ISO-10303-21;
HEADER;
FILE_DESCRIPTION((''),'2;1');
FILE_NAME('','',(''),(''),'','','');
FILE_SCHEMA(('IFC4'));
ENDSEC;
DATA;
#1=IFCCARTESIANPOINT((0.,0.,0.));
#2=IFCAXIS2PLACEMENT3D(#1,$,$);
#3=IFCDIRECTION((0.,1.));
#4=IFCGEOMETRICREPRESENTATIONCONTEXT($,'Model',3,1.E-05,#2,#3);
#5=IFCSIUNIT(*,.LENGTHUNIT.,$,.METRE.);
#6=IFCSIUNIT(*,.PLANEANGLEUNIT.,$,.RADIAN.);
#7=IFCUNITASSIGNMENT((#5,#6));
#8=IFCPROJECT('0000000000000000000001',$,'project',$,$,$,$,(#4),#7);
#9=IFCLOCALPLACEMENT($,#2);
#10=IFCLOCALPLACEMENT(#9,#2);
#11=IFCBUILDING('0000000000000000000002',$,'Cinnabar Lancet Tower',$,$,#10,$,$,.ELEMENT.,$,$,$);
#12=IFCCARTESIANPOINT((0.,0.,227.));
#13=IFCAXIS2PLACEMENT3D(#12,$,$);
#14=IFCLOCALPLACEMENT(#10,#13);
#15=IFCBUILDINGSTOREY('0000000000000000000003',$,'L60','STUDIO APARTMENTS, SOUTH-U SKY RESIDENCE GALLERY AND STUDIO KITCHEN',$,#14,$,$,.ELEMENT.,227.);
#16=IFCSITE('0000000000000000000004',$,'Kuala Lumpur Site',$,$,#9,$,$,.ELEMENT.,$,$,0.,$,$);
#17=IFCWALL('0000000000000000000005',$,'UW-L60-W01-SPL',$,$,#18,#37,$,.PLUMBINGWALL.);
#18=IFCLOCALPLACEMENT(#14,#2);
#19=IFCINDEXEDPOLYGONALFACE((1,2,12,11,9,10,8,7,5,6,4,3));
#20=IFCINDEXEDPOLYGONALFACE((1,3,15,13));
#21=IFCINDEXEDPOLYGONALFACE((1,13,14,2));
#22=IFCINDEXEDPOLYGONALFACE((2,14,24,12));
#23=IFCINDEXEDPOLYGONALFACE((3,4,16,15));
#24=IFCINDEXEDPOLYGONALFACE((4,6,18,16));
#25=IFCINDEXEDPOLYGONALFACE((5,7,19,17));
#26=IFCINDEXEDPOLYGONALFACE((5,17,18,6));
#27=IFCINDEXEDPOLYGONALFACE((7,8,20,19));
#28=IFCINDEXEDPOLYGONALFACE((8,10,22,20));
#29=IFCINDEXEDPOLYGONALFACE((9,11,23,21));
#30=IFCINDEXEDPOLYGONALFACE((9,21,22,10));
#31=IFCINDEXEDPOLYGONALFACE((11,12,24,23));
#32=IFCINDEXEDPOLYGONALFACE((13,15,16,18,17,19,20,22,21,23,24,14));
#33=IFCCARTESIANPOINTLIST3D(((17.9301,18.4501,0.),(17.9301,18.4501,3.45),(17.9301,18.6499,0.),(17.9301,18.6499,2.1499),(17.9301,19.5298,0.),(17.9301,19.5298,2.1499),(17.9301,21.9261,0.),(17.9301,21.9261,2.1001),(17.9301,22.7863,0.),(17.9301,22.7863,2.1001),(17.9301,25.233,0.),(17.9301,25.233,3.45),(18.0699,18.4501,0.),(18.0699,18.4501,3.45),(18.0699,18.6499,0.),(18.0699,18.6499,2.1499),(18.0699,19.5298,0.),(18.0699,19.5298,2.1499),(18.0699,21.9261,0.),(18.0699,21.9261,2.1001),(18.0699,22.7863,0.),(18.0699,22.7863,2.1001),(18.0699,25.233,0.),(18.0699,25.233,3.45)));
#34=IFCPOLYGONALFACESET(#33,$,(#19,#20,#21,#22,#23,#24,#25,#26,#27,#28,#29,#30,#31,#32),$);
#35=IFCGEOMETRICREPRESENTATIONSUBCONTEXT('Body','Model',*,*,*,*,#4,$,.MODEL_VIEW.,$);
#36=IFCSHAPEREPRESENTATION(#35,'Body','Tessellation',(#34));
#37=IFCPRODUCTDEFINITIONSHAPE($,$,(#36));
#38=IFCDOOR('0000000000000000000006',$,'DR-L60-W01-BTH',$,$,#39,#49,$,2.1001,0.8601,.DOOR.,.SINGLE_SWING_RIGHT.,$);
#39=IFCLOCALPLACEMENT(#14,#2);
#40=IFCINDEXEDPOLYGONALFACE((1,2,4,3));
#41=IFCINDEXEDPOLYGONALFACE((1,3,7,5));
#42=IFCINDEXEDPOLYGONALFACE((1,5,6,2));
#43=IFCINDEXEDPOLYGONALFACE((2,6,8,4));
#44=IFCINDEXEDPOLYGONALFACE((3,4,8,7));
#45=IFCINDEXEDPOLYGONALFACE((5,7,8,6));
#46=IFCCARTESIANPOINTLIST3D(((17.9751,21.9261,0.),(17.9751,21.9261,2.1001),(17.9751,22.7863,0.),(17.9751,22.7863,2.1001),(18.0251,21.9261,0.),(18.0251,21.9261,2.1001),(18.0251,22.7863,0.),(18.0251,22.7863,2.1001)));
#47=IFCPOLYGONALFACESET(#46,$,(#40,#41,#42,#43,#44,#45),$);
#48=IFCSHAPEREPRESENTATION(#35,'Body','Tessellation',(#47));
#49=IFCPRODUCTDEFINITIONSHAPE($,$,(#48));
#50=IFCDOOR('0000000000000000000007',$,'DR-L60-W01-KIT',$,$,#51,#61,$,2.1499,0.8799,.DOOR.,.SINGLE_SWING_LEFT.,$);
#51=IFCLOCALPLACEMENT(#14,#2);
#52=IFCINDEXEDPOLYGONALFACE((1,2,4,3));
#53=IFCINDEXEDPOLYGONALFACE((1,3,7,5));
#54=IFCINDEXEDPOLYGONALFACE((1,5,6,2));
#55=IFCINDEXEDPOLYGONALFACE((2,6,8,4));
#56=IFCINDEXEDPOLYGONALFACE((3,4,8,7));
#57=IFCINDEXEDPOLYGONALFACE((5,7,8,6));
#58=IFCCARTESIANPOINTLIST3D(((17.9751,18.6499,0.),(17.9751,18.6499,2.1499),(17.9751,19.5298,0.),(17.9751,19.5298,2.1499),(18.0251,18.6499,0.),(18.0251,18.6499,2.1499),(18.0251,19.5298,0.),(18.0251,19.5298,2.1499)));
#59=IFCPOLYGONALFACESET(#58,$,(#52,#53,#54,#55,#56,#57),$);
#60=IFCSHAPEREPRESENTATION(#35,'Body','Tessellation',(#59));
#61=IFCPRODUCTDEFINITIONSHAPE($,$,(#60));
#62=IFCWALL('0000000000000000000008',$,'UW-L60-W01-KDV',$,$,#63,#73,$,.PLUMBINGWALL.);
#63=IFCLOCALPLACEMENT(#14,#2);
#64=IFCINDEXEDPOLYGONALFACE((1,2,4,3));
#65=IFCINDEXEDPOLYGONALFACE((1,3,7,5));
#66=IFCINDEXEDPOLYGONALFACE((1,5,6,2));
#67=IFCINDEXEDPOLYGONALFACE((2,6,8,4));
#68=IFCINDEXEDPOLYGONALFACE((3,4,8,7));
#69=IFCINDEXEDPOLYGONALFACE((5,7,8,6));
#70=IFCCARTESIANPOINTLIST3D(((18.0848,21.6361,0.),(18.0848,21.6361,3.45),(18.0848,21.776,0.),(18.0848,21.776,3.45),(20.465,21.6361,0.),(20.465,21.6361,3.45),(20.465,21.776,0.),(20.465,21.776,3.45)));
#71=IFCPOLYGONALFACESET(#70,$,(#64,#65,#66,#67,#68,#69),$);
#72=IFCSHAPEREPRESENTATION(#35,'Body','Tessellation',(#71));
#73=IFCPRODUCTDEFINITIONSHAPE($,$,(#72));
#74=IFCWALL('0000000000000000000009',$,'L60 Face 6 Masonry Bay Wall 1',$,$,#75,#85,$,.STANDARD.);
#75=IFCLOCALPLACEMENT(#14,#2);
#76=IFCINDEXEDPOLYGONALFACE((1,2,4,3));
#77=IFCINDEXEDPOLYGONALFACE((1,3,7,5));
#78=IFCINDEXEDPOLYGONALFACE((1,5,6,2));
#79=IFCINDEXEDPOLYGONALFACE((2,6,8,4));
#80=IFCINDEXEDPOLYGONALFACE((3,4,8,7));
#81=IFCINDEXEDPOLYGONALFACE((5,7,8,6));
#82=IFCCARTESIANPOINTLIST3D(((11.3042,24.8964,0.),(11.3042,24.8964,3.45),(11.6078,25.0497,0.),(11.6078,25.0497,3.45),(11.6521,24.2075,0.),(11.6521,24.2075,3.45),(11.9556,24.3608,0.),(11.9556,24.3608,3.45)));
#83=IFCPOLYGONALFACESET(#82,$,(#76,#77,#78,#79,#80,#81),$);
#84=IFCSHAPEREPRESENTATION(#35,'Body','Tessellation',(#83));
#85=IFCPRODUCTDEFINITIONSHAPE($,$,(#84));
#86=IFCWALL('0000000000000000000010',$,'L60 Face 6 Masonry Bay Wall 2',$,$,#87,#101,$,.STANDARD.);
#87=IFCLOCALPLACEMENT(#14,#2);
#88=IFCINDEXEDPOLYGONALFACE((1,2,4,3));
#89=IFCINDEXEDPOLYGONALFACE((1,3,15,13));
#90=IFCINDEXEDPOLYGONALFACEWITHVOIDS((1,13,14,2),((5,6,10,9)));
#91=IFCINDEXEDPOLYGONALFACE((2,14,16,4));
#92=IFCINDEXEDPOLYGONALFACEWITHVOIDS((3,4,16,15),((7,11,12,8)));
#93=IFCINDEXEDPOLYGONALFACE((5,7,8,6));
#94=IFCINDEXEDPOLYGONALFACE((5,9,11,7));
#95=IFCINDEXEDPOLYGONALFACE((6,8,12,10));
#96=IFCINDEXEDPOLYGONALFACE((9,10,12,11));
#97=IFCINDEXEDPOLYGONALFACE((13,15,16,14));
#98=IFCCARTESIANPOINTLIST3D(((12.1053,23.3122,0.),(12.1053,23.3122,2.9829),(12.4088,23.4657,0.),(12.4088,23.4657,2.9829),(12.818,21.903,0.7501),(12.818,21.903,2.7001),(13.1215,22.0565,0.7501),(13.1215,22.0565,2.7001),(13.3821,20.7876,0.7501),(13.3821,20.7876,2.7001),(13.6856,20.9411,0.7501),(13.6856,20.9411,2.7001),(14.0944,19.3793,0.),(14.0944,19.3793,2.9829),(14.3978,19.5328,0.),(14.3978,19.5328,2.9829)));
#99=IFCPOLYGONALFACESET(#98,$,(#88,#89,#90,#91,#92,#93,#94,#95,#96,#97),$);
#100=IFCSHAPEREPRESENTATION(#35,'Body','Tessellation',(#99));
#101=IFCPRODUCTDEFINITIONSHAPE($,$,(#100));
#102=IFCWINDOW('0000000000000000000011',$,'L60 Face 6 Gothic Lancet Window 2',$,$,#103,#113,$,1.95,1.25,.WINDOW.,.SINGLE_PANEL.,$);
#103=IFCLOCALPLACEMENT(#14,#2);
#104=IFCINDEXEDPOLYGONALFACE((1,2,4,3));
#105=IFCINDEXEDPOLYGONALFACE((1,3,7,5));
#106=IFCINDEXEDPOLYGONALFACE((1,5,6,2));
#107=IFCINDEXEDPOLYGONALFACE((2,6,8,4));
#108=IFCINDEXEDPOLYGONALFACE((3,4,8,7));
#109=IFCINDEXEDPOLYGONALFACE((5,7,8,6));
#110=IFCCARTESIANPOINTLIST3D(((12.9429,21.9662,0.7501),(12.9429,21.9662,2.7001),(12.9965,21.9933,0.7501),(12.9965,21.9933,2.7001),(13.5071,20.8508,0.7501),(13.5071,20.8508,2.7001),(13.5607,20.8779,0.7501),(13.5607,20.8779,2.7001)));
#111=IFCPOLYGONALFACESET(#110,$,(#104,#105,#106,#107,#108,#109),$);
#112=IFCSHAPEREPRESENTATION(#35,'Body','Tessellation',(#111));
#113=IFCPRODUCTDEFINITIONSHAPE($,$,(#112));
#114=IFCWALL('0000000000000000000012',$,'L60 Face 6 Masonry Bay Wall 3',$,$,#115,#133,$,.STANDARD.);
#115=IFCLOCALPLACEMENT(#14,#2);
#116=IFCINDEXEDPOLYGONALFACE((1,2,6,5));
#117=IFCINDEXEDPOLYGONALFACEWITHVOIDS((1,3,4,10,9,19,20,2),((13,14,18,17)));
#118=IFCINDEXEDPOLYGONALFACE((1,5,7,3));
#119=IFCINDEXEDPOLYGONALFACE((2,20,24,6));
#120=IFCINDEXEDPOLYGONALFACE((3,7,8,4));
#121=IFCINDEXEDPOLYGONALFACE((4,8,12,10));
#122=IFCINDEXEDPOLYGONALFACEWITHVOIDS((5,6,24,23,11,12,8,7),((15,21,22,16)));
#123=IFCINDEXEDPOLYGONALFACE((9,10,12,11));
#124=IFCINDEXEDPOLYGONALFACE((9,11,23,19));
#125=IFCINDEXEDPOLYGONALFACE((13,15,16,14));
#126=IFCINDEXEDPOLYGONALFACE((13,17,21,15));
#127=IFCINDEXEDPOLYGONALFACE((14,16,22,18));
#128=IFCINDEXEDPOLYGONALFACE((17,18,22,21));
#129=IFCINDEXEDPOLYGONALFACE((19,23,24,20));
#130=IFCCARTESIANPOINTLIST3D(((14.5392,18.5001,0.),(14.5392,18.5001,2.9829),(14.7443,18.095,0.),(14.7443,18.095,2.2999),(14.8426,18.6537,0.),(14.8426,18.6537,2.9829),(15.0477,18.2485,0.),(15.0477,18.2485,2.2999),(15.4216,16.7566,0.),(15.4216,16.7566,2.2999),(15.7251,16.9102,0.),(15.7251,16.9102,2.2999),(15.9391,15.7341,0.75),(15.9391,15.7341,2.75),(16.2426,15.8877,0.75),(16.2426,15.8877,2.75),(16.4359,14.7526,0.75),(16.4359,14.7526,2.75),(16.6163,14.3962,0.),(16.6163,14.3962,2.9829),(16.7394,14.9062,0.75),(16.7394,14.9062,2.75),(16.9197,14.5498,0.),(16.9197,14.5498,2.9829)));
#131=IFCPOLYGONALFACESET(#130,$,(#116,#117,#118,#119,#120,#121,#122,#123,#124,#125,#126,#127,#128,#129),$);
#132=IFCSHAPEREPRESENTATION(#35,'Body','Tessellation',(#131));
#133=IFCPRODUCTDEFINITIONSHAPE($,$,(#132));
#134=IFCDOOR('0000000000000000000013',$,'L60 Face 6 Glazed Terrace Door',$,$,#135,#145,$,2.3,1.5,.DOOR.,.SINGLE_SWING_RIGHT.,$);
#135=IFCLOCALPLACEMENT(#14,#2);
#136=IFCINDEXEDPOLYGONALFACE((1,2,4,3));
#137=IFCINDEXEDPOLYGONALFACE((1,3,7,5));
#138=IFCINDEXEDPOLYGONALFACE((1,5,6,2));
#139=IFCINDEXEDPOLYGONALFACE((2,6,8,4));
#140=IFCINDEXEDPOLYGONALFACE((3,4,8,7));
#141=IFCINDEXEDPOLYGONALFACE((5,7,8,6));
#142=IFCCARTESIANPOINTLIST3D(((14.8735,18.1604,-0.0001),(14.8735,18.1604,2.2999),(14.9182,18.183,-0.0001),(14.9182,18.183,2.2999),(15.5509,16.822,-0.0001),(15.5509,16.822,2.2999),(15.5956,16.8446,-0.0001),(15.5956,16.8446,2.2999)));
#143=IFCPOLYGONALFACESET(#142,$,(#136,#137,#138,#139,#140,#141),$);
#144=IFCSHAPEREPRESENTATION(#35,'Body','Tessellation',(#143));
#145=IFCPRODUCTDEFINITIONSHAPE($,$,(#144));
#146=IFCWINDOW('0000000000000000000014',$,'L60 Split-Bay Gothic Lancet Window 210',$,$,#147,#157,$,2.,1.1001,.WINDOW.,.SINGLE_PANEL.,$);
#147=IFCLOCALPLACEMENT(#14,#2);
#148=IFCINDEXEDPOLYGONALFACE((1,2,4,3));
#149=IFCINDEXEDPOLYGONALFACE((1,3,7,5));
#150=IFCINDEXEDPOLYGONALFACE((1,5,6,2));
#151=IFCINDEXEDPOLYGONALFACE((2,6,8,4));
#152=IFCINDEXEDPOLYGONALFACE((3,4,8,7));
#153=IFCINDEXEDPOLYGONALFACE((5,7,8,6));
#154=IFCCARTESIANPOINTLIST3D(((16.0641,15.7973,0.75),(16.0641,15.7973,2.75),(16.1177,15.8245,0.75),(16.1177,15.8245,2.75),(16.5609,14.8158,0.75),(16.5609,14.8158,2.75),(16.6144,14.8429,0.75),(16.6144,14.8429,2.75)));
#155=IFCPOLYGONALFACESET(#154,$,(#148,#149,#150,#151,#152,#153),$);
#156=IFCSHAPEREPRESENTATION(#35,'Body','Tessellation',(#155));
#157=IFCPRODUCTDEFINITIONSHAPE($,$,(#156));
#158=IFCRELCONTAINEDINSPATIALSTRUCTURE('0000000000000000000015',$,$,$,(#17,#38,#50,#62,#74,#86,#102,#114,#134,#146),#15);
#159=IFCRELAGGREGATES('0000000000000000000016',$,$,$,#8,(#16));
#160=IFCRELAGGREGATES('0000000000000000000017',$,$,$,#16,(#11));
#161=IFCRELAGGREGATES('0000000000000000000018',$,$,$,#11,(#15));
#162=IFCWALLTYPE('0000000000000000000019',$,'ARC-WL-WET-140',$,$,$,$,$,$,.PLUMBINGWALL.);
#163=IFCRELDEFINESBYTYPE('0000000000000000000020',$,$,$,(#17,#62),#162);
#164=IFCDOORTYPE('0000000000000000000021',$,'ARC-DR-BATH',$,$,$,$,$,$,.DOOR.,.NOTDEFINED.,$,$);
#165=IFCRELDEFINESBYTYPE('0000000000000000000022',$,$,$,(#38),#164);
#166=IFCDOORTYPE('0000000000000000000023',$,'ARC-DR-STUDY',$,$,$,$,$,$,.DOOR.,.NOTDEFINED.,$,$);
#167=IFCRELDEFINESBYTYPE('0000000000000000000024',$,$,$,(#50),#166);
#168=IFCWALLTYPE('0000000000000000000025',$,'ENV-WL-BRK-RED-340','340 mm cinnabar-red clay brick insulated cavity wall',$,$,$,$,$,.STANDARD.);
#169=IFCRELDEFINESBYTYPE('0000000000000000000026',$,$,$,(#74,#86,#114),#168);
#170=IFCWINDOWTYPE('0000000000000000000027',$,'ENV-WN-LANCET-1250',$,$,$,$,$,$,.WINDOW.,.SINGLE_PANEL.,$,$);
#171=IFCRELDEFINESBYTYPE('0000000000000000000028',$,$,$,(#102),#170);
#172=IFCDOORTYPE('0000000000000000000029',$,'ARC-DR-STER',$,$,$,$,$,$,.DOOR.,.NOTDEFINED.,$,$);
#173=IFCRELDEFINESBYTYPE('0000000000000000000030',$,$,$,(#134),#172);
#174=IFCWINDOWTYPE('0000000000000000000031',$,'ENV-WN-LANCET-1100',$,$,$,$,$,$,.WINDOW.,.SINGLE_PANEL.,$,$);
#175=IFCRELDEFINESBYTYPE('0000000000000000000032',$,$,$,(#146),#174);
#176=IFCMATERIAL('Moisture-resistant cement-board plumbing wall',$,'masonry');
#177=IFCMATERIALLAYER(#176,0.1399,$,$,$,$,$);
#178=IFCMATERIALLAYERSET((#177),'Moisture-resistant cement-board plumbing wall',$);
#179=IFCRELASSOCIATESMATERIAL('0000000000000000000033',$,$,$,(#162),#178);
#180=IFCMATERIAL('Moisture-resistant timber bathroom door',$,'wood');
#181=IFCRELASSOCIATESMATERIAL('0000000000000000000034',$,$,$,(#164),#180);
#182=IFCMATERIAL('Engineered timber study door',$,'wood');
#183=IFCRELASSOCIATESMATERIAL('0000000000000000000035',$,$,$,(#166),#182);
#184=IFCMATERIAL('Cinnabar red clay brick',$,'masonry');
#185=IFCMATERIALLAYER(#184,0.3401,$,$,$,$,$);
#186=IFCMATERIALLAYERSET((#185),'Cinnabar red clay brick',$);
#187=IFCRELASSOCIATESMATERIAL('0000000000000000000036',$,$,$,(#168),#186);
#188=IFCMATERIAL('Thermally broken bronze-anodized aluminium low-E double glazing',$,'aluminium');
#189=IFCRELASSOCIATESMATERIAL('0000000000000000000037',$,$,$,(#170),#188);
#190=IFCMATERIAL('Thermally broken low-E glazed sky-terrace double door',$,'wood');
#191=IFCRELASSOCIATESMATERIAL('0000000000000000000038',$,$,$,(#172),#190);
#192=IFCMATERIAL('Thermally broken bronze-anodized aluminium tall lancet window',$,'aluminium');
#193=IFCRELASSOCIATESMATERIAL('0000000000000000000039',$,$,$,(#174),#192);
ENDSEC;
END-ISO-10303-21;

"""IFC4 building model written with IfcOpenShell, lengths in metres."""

from ifc_helpers import new_model, si_unit, direction, frame, frame_2d, origin, place, context, subcontext, project, spatial, rectangle, extrude, material, layer, layer_set, type_object, element, fill, save


model = new_model("IFC4")

# Units and contexts
model_context = context("Model", 3, precision=1e-05, world=origin(), true_north=direction((0.0, 1.0)))
body_context = subcontext(model_context, "Body", "Model", "MODEL_VIEW")
ifc_project = project(units=[si_unit("LENGTHUNIT", "METRE"), si_unit("PLANEANGLEUNIT", "RADIAN")], contexts=[model_context])

# Site, building, storey
site_placement = place(None, origin())
site = spatial("IfcSite", under=ifc_project, at=site_placement, Name="Kuala Lumpur Site", CompositionType="ELEMENT", RefElevation=0.0)
building_placement = place(site_placement, origin())
building = spatial("IfcBuilding", under=site, at=building_placement, Name="Cinnabar Lancet Tower", CompositionType="ELEMENT")
storey_placement = place(building_placement, frame((0.0, 0.0, 227.0)))
storey = spatial("IfcBuildingStorey", under=building, at=storey_placement, Name="L60", Description="STUDIO APARTMENTS, SOUTH-U SKY RESIDENCE GALLERY AND STUDIO KITCHEN", CompositionType="ELEMENT", Elevation=227.0)

# Wall, openings, doors
ifc_material_1 = material(Name="Moisture-resistant cement-board plumbing wall", Category="masonry")
ifc_layer_1 = layer(ifc_material_1, 0.1399)
ifc_layer_set_1 = layer_set([ifc_layer_1], Name="Moisture-resistant cement-board plumbing wall")
wall_type_1 = type_object("IfcWallType", Name="ARC-WL-WET-140", PredefinedType="PLUMBINGWALL", material=ifc_layer_set_1)
wall_1_placement = place(storey_placement, frame((18.0, 18.45, 0.0), z_axis=(0.0, 0.0, 1.0), x_axis=(0.0, 1.0, 0.0)))
wall_1 = element("IfcWall", 1, at=wall_1_placement, inside=storey, type_object=wall_type_1, Name="UW-L60-W01-SPL", PredefinedType="PLUMBINGWALL", context=body_context, shape_type="SweptSolid", body=[
    extrude(rectangle(XDim=6.783, YDim=0.1399, at=frame_2d((3.3916, 0.0))), origin(), (0.0, 0.0, 1.0), 3.45),
])
opening_1_placement = place(wall_1_placement, frame((3.4761, 0.0, 0.0)))
opening_1 = element("IfcOpeningElement", 2, at=opening_1_placement, cuts=wall_1, PredefinedType="OPENING", context=body_context, shape_type="SweptSolid", body=[
    extrude(rectangle(XDim=0.8601, YDim=2.1001, at=frame_2d((0.4302, 1.05))), frame((0.0, 0.0798, 0.0), z_axis=(0.0, -1.0, 0.0), x_axis=(1.0, 0.0, 0.0)), (0.0, 0.0, 1.0), 0.1599),
])
opening_2_placement = place(wall_1_placement, frame((0.2, 0.0, 0.0)))
opening_2 = element("IfcOpeningElement", 3, at=opening_2_placement, cuts=wall_1, PredefinedType="OPENING", context=body_context, shape_type="SweptSolid", body=[
    extrude(rectangle(XDim=0.8799, YDim=2.1499, at=frame_2d((0.4399, 1.075))), frame((0.0, 0.0798, 0.0), z_axis=(0.0, -1.0, 0.0), x_axis=(1.0, 0.0, 0.0)), (0.0, 0.0, 1.0), 0.1599),
])
ifc_material_2 = material(Name="Moisture-resistant timber bathroom door", Category="wood")
door_type_1 = type_object("IfcDoorType", Name="ARC-DR-BATH", OperationType="NOTDEFINED", PredefinedType="DOOR", material=ifc_material_2)
door_1_placement = place(opening_1_placement, origin())
door_1 = element("IfcDoor", 4, at=door_1_placement, inside=storey, type_object=door_type_1, Name="DR-L60-W01-BTH", OperationType="SINGLE_SWING_RIGHT", OverallHeight=2.1001, OverallWidth=0.8601, PredefinedType="DOOR", context=body_context, shape_type="SweptSolid", body=[
    extrude(rectangle(XDim=0.8601, YDim=2.1001, at=frame_2d((0.4302, 1.05))), frame((0.0, 0.0249, 0.0), z_axis=(0.0, -1.0, 0.0), x_axis=(1.0, 0.0, 0.0)), (0.0, 0.0, 1.0), 0.05),
])
fill(opening_1, door_1)
ifc_material_3 = material(Name="Engineered timber study door", Category="wood")
door_type_2 = type_object("IfcDoorType", Name="ARC-DR-STUDY", OperationType="NOTDEFINED", PredefinedType="DOOR", material=ifc_material_3)
door_2_placement = place(opening_2_placement, origin())
door_2 = element("IfcDoor", 5, at=door_2_placement, inside=storey, type_object=door_type_2, Name="DR-L60-W01-KIT", OperationType="SINGLE_SWING_LEFT", OverallHeight=2.1499, OverallWidth=0.8799, PredefinedType="DOOR", context=body_context, shape_type="SweptSolid", body=[
    extrude(rectangle(XDim=0.8799, YDim=2.1499, at=frame_2d((0.4399, 1.075))), frame((0.0, 0.0249, 0.0), z_axis=(0.0, -1.0, 0.0), x_axis=(1.0, 0.0, 0.0)), (0.0, 0.0, 1.0), 0.05),
])
fill(opening_2, door_2)

# Walls
wall_2_placement = place(storey_placement, frame((18.085, 21.7061, 0.0), z_axis=(0.0, 0.0, 1.0), x_axis=(1.0, 0.0, 0.0)))
element("IfcWall", 6, at=wall_2_placement, inside=storey, type_object=wall_type_1, Name="UW-L60-W01-KDV", PredefinedType="PLUMBINGWALL", context=body_context, shape_type="SweptSolid", body=[
    extrude(rectangle(XDim=2.3801, YDim=0.1399, at=frame_2d((1.1899, 0.0))), origin(), (0.0, 0.0, 1.0), 3.45),
])
ifc_material_4 = material(Name="Cinnabar red clay brick", Category="masonry")
ifc_layer_2 = layer(ifc_material_4, 0.3401)
ifc_layer_set_2 = layer_set([ifc_layer_2], Name="Cinnabar red clay brick")
wall_type_2 = type_object("IfcWallType", Name="ENV-WL-BRK-RED-340", Description="340 mm cinnabar-red clay brick insulated cavity wall", PredefinedType="STANDARD", material=ifc_layer_set_2)
wall_3_placement = place(storey_placement, frame((11.4561, 24.9729, 0.0), z_axis=(0.0, 0.0, 1.0), x_axis=(0.450753, -0.892649, 0.0)))
element("IfcWall", 7, at=wall_3_placement, inside=storey, type_object=wall_type_2, Name="L60 Face 6 Masonry Bay Wall 1", PredefinedType="STANDARD", context=body_context, shape_type="SweptSolid", body=[
    extrude(rectangle(XDim=0.7717, YDim=0.3401, at=frame_2d((0.3857, 0.0))), origin(), (0.0, 0.0, 1.0), 3.45),
])

# Wall, opening, window
wall_4_placement = place(storey_placement, frame((12.2571, 23.3889, 0.0), z_axis=(0.0, 0.0, 1.0), x_axis=(0.451308, -0.892368, 0.0)))
wall_4 = element("IfcWall", 8, at=wall_4_placement, inside=storey, type_object=wall_type_2, Name="L60 Face 6 Masonry Bay Wall 2", PredefinedType="STANDARD", context=body_context, shape_type="SweptSolid", body=[
    extrude(rectangle(XDim=4.4072, YDim=0.3401, at=frame_2d((2.2036, 0.0))), origin(), (0.0, 0.0, 1.0), 2.9829),
])
opening_3_placement = place(wall_4_placement, frame((1.5791, 0.0, 0.75)))
opening_3 = element("IfcOpeningElement", 9, at=opening_3_placement, cuts=wall_4, PredefinedType="OPENING", context=body_context, shape_type="SweptSolid", body=[
    extrude(rectangle(XDim=1.25, YDim=1.95, at=frame_2d((0.625, 0.9751))), frame((0.0, 0.1799, 0.0), z_axis=(0.0, -1.0, 0.0), x_axis=(1.0, 0.0, 0.0)), (0.0, 0.0, 1.0), 0.3601),
])
ifc_material_5 = material(Name="Thermally broken bronze-anodized aluminium low-E double glazing", Category="aluminium")
window_type_1 = type_object("IfcWindowType", Name="ENV-WN-LANCET-1250", PartitioningType="SINGLE_PANEL", PredefinedType="WINDOW", material=ifc_material_5)
window_1_placement = place(opening_3_placement, origin())
window_1 = element("IfcWindow", 10, at=window_1_placement, inside=storey, type_object=window_type_1, Name="L60 Face 6 Gothic Lancet Window 2", OverallHeight=1.95, OverallWidth=1.25, PartitioningType="SINGLE_PANEL", PredefinedType="WINDOW", context=body_context, shape_type="SweptSolid", body=[
    extrude(rectangle(XDim=1.25, YDim=1.95, at=frame_2d((0.625, 0.9751))), frame((0.0, 0.03, 0.0), z_axis=(0.0, -1.0, 0.0), x_axis=(1.0, 0.0, 0.0)), (0.0, 0.0, 1.0), 0.0601),
])
fill(opening_3, window_1)

# Wall, openings, door, window
wall_5_placement = place(storey_placement, frame((14.6909, 18.5769, 0.0), z_axis=(0.0, 0.0, 1.0), x_axis=(0.451582, -0.89223, 0.0)))
wall_5 = element("IfcWall", 11, at=wall_5_placement, inside=storey, type_object=wall_type_2, Name="L60 Face 6 Masonry Bay Wall 3", PredefinedType="STANDARD", context=body_context, shape_type="SweptSolid", body=[
    extrude(rectangle(XDim=4.5996, YDim=0.3401, at=frame_2d((2.2998, 0.0))), origin(), (0.0, 0.0, 1.0), 2.9829),
])
opening_4_placement = place(wall_5_placement, frame((0.4541, 0.0, 0.0)))
opening_4 = element("IfcOpeningElement", 12, at=opening_4_placement, cuts=wall_5, PredefinedType="OPENING", context=body_context, shape_type="SweptSolid", body=[
    extrude(rectangle(XDim=1.5, YDim=2.3, at=frame_2d((0.75, 1.1499))), frame((0.0, 0.1799, 0.0), z_axis=(0.0, -1.0, 0.0), x_axis=(1.0, 0.0, 0.0)), (0.0, 0.0, 1.0), 0.3601),
])
opening_5_placement = place(wall_5_placement, frame((3.1001, 0.0, 0.75)))
opening_5 = element("IfcOpeningElement", 13, at=opening_5_placement, cuts=wall_5, PredefinedType="OPENING", context=body_context, shape_type="SweptSolid", body=[
    extrude(rectangle(XDim=1.1001, YDim=2.0, at=frame_2d((0.55, 1.0))), frame((0.0, 0.1799, 0.0), z_axis=(0.0, -1.0, 0.0), x_axis=(1.0, 0.0, 0.0)), (0.0, 0.0, 1.0), 0.3601),
])
ifc_material_6 = material(Name="Thermally broken low-E glazed sky-terrace double door", Category="wood")
door_type_3 = type_object("IfcDoorType", Name="ARC-DR-STER", OperationType="NOTDEFINED", PredefinedType="DOOR", material=ifc_material_6)
door_3_placement = place(opening_4_placement, origin())
door_3 = element("IfcDoor", 14, at=door_3_placement, inside=storey, type_object=door_type_3, Name="L60 Face 6 Glazed Terrace Door", OperationType="SINGLE_SWING_RIGHT", OverallHeight=2.3, OverallWidth=1.5, PredefinedType="DOOR", context=body_context, shape_type="SweptSolid", body=[
    extrude(rectangle(XDim=1.5, YDim=2.3, at=frame_2d((0.75, 1.1499))), frame((0.0, 0.0249, 0.0), z_axis=(0.0, -1.0, 0.0), x_axis=(1.0, 0.0, 0.0)), (0.0, 0.0, 1.0), 0.05),
])
fill(opening_4, door_3)
ifc_material_7 = material(Name="Thermally broken bronze-anodized aluminium tall lancet window", Category="aluminium")
window_type_2 = type_object("IfcWindowType", Name="ENV-WN-LANCET-1100", PartitioningType="SINGLE_PANEL", PredefinedType="WINDOW", material=ifc_material_7)
window_2_placement = place(opening_5_placement, origin())
window_2 = element("IfcWindow", 15, at=window_2_placement, inside=storey, type_object=window_type_2, Name="L60 Split-Bay Gothic Lancet Window 210", OverallHeight=2.0, OverallWidth=1.1001, PartitioningType="SINGLE_PANEL", PredefinedType="WINDOW", context=body_context, shape_type="SweptSolid", body=[
    extrude(rectangle(XDim=1.1001, YDim=2.0, at=frame_2d((0.55, 1.0))), frame((0.0, 0.03, 0.0), z_axis=(0.0, -1.0, 0.0), x_axis=(1.0, 0.0, 0.0)), (0.0, 0.0, 1.0), 0.0601),
])
fill(opening_5, window_2)

save(model, "model.ifc")
